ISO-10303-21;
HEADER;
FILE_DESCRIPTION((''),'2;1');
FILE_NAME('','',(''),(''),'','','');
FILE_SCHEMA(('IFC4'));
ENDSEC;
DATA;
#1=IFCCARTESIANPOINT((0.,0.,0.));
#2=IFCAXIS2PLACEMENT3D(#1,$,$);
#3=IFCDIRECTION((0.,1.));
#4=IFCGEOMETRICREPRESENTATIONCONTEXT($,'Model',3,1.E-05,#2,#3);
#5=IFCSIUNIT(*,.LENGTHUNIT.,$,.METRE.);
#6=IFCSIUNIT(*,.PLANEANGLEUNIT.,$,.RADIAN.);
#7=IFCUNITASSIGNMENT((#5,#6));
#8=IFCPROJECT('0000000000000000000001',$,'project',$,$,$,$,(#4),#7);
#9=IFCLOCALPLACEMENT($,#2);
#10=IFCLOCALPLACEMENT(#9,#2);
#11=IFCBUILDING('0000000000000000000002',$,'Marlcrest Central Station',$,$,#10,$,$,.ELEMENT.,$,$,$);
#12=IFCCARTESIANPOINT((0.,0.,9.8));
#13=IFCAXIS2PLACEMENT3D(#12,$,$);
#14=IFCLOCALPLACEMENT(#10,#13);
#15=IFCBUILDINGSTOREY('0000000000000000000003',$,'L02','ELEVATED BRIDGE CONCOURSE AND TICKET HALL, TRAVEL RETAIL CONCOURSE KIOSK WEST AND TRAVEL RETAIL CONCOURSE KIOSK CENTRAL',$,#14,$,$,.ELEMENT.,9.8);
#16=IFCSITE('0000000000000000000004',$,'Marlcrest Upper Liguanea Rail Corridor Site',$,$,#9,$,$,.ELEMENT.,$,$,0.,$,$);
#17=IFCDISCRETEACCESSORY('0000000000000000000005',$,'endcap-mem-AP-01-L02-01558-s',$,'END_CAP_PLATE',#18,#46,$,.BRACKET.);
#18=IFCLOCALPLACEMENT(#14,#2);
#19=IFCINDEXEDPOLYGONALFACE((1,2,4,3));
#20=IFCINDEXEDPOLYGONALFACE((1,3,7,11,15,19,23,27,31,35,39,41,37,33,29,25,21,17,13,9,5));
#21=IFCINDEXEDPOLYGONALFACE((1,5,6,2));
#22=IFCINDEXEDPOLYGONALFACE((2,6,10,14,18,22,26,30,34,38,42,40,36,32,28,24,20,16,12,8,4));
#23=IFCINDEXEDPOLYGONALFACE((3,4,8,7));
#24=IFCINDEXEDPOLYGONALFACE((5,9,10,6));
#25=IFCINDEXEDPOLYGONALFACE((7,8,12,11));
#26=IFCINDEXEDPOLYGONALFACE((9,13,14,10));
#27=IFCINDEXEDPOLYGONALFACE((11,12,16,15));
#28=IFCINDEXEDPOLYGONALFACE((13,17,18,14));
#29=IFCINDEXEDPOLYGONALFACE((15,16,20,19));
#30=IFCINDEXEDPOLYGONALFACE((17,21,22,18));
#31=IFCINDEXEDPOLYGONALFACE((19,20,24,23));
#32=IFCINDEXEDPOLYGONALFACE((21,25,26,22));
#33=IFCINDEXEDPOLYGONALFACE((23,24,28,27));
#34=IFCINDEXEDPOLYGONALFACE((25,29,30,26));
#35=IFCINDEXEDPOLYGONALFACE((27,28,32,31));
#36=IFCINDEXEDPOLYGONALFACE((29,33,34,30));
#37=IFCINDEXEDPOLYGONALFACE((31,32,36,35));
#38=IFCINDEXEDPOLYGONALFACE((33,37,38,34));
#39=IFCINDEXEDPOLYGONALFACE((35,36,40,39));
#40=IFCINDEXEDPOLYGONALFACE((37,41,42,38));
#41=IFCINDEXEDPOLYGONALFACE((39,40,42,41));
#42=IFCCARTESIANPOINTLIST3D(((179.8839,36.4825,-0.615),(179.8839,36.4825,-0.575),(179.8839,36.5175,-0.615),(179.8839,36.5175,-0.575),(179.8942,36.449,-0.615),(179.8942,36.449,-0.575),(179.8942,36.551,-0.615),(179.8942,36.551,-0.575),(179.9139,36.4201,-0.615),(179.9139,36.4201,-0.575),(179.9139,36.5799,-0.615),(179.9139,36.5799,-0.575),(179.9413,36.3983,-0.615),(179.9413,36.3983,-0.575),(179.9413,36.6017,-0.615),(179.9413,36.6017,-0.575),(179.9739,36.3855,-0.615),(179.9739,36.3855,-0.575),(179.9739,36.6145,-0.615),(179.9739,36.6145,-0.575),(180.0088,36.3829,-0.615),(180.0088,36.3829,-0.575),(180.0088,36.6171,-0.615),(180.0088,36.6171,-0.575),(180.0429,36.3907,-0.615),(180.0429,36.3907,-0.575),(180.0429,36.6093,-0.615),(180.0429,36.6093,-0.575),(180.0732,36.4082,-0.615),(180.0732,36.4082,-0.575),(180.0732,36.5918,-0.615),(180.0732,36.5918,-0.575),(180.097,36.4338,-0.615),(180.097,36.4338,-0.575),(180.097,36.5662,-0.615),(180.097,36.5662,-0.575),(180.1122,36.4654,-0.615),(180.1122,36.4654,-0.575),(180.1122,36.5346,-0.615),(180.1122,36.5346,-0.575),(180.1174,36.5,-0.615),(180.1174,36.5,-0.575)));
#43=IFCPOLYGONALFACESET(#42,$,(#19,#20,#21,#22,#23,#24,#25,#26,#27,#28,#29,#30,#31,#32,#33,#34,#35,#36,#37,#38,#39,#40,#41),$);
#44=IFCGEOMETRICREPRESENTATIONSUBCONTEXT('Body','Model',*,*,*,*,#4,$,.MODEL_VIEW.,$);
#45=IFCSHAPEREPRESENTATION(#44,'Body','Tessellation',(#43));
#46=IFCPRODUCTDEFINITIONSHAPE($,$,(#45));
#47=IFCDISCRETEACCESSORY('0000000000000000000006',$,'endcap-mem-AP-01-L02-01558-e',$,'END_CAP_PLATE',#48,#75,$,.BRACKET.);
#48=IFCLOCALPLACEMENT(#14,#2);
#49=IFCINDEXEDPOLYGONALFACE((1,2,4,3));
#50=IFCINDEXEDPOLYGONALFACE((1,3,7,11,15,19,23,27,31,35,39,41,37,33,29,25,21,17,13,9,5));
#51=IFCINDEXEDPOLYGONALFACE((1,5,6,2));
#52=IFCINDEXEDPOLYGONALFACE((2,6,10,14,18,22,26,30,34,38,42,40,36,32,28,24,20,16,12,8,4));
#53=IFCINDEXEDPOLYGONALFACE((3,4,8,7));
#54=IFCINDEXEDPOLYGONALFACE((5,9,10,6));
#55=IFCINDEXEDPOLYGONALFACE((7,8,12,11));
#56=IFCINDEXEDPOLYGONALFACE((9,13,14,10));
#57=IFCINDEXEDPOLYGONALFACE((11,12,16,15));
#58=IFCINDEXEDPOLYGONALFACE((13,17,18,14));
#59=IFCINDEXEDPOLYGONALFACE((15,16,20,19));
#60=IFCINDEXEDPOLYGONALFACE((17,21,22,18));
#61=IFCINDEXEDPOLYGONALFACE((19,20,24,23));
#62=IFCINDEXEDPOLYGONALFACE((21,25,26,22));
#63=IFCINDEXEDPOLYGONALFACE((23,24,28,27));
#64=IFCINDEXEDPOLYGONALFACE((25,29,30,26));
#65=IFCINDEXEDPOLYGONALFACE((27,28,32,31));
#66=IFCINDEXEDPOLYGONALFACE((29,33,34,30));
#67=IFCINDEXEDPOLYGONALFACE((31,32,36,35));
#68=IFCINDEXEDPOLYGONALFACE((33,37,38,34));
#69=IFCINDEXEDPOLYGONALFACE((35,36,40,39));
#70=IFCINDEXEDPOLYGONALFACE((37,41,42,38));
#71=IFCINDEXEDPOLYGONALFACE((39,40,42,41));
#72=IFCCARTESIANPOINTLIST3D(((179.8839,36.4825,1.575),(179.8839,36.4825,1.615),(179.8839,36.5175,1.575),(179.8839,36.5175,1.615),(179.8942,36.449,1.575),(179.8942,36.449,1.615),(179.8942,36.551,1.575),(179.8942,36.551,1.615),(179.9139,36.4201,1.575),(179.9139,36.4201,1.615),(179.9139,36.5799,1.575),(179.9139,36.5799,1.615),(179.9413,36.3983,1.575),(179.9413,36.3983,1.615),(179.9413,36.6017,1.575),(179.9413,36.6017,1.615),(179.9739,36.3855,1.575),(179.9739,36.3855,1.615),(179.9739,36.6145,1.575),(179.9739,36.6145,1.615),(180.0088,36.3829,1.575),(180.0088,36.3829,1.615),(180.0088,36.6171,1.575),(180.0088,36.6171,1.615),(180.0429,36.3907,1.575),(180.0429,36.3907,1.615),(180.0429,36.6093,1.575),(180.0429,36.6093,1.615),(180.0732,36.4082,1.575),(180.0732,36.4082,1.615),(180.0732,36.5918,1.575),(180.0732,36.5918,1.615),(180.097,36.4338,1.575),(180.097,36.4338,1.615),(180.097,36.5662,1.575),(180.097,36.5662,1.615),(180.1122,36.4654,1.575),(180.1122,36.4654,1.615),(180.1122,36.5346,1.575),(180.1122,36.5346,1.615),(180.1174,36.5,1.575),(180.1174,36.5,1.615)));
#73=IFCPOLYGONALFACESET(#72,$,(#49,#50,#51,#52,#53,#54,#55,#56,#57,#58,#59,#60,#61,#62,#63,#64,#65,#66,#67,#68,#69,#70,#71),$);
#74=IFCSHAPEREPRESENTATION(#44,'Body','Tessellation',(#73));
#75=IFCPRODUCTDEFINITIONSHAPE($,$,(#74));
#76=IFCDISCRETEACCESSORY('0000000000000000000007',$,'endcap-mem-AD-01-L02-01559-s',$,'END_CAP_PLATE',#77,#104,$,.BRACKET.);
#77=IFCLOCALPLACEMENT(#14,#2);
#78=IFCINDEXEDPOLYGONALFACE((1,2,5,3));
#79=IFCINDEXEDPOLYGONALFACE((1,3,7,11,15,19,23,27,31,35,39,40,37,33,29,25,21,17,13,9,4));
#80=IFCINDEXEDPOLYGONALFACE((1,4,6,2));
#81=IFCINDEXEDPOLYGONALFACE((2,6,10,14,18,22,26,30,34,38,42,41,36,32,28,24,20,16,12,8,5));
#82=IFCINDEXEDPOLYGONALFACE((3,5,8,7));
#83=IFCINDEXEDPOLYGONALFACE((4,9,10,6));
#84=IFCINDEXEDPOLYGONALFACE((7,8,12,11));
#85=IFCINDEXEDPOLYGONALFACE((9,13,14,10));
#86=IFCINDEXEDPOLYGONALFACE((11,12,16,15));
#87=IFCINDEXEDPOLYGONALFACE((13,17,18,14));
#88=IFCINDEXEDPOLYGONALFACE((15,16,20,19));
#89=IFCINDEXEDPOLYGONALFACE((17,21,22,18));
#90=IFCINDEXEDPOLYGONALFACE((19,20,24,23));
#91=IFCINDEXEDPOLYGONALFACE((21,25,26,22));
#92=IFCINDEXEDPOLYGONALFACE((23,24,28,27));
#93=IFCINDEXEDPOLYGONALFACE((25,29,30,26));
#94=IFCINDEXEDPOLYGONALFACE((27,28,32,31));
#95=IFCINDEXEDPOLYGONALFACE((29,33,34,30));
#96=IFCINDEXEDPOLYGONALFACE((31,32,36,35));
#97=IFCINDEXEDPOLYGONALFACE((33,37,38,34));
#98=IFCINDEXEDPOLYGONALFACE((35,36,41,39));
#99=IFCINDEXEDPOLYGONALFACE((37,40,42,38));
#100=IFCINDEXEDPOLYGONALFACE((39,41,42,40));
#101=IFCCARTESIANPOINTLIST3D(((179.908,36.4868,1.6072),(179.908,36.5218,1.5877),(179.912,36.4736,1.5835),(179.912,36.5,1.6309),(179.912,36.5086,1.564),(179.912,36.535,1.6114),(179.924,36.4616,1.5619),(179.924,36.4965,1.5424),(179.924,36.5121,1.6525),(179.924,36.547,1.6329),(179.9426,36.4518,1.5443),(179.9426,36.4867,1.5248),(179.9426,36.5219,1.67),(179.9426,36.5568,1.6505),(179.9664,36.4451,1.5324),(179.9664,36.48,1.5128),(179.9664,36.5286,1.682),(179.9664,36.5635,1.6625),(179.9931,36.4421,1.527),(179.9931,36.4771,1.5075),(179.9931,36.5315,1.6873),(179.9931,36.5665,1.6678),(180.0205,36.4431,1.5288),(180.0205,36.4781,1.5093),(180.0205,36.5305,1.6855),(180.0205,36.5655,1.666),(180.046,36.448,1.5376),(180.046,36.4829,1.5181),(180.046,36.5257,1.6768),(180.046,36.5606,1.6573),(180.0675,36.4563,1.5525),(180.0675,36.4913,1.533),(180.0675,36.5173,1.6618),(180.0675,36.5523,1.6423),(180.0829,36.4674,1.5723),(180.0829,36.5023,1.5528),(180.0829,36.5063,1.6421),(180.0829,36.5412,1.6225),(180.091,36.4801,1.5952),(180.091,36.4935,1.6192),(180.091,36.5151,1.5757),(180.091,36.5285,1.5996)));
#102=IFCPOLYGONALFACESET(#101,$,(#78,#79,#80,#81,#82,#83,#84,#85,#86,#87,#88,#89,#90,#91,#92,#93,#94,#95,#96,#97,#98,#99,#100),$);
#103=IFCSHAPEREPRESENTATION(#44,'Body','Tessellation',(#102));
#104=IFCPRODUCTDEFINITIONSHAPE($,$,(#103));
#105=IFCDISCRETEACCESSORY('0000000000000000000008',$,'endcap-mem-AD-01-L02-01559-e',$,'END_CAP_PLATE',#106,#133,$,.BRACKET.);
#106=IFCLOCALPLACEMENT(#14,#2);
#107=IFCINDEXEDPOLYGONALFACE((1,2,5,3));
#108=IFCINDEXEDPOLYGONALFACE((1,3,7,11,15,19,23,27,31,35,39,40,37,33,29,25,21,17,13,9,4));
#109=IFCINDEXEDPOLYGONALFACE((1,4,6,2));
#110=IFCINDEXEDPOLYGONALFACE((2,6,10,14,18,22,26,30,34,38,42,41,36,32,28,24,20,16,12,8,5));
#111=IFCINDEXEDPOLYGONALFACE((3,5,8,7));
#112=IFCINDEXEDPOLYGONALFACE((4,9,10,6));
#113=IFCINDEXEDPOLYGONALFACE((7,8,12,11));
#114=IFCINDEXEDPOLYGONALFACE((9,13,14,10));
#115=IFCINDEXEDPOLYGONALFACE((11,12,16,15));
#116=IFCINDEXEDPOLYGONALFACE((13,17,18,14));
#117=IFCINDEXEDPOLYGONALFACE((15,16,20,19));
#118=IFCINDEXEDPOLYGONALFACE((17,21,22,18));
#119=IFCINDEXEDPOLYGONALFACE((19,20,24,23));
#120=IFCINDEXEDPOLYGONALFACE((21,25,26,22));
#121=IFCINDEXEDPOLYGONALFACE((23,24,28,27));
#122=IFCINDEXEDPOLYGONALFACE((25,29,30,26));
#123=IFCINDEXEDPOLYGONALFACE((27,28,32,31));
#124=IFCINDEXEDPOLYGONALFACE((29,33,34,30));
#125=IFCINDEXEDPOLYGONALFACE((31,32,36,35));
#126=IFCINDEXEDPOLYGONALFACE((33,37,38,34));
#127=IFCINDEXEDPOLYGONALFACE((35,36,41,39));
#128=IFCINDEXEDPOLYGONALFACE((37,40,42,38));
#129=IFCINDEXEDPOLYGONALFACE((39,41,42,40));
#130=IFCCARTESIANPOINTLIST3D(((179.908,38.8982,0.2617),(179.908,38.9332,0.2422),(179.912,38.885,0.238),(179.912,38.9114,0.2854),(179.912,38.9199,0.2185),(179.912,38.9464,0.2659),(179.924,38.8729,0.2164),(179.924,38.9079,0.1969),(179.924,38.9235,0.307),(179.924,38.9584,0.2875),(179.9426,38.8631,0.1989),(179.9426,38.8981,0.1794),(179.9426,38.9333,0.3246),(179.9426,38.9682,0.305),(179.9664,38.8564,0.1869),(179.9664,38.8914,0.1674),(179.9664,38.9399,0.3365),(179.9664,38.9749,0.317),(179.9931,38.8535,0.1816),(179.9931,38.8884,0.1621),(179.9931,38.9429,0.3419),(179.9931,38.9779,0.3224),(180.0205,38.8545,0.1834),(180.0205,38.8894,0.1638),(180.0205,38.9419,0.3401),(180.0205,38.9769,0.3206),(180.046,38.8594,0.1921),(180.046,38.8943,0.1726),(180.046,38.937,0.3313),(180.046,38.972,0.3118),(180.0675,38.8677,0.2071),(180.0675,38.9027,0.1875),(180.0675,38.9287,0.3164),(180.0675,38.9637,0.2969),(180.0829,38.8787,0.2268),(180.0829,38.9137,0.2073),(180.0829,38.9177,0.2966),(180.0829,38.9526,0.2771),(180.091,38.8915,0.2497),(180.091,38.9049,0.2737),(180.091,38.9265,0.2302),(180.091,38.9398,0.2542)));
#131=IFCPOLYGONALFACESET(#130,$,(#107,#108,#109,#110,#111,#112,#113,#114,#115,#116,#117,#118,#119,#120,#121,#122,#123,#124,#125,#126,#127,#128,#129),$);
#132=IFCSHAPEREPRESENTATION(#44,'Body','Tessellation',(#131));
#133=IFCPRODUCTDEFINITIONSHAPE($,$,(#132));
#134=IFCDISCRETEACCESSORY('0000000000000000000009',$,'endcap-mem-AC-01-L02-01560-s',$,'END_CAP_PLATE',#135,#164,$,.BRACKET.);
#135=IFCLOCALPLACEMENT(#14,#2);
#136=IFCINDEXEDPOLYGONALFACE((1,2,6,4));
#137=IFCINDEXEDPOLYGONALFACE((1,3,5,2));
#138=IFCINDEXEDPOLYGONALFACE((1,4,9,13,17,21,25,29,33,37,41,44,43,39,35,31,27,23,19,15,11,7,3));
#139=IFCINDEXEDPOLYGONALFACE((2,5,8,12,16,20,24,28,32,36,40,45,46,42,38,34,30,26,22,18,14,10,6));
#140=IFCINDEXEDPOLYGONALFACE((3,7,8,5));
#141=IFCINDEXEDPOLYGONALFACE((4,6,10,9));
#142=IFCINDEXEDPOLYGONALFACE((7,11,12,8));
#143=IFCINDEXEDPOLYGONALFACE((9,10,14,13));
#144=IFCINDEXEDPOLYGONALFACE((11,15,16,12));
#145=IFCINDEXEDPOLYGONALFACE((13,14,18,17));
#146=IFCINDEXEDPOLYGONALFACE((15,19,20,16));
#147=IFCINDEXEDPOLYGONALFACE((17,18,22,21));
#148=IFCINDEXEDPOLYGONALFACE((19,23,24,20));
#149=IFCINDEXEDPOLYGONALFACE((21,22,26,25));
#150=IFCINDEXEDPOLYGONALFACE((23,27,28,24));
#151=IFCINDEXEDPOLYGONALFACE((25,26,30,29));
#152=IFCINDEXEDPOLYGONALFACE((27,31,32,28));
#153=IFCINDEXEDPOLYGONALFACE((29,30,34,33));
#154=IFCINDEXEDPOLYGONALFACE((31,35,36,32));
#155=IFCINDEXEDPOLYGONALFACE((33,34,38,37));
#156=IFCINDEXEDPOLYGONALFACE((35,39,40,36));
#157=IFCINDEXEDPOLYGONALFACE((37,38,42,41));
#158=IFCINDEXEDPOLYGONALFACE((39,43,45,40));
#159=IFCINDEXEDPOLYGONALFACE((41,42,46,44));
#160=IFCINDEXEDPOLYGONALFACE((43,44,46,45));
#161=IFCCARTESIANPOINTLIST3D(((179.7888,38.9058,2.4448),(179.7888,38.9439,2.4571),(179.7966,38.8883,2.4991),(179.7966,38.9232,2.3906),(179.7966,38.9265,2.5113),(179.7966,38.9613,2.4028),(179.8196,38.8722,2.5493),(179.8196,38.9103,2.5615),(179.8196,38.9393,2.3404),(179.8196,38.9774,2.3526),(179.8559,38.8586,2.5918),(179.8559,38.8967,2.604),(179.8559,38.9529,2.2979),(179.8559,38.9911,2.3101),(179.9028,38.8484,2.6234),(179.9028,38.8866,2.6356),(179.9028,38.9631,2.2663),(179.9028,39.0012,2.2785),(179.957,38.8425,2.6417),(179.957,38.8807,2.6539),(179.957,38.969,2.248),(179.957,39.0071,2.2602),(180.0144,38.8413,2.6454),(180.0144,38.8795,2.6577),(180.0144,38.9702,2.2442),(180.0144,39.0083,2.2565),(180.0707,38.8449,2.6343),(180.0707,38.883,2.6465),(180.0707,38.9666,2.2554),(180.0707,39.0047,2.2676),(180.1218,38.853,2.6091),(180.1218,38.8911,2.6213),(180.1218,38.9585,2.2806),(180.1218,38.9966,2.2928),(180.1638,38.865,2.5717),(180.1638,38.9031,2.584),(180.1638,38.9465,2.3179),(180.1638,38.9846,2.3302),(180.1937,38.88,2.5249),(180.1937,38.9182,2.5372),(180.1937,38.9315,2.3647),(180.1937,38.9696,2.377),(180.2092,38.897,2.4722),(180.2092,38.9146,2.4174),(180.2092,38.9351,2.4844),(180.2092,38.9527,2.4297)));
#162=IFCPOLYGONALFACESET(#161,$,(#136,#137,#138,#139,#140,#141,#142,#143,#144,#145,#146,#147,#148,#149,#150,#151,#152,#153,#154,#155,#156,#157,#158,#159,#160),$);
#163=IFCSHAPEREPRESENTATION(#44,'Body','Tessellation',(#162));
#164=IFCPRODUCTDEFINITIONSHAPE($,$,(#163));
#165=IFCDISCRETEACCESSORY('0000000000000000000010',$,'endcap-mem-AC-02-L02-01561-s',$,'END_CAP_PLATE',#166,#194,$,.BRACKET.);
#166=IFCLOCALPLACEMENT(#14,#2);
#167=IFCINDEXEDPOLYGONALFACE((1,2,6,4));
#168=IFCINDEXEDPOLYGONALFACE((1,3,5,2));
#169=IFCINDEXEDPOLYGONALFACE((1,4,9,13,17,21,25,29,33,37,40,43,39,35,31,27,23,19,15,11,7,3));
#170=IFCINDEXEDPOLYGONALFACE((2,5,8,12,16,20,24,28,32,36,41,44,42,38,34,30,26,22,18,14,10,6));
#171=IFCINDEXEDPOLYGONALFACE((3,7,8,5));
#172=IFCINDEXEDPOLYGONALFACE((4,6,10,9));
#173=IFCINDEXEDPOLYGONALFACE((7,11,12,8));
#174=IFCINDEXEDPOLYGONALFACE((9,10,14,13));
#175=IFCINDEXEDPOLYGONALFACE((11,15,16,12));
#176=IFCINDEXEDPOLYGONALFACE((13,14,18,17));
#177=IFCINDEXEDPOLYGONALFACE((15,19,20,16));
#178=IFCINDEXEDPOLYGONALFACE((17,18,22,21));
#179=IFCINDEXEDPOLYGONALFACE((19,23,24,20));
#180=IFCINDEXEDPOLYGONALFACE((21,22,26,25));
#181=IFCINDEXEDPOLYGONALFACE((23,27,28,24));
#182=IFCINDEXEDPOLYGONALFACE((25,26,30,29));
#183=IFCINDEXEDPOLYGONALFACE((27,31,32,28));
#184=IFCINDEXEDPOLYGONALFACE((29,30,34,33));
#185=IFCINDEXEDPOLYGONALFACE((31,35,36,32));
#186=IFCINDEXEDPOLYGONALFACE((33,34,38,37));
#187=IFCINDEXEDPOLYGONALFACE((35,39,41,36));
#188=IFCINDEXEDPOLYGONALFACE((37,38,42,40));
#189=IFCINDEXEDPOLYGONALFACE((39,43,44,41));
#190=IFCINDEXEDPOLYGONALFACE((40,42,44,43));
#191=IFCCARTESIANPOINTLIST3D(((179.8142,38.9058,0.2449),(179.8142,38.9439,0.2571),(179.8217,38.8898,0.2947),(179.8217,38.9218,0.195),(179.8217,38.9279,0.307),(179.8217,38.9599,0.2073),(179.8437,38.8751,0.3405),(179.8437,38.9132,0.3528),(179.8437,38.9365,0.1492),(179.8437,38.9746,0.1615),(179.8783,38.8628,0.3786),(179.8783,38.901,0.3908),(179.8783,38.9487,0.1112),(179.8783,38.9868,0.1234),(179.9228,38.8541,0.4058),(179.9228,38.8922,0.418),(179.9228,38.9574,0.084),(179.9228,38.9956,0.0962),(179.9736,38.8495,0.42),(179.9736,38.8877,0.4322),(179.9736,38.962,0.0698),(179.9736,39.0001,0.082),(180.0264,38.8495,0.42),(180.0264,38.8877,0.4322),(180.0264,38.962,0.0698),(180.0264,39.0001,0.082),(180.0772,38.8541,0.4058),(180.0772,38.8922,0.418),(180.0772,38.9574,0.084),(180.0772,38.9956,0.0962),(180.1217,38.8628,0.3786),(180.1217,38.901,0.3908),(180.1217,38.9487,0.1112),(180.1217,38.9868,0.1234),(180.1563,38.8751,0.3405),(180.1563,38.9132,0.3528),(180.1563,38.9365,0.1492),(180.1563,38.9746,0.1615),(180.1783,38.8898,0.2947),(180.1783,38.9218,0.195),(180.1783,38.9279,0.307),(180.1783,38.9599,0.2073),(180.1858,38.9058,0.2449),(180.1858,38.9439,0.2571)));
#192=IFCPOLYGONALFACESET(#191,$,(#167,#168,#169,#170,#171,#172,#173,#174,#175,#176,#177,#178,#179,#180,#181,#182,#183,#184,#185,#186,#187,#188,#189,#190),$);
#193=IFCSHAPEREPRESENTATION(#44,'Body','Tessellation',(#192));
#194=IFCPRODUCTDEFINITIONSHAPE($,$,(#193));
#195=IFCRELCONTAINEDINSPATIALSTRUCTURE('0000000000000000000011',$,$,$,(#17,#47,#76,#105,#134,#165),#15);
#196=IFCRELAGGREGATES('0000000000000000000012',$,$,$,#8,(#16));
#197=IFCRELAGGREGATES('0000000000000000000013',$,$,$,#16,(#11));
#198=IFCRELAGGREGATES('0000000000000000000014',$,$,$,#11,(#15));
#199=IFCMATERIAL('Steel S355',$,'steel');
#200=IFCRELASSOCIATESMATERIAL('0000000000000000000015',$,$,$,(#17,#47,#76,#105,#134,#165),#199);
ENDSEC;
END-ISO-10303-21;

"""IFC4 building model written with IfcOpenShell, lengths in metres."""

from ifc_helpers import new_model, si_unit, direction, frame, origin, origin_2d, place, context, subcontext, project, spatial, circle, extrude, material, element, save


model = new_model("IFC4")

# Units and contexts
model_context = context("Model", 3, precision=1e-05, world=origin(), true_north=direction((0.0, 1.0)))
body_context = subcontext(model_context, "Body", "Model", "MODEL_VIEW")
ifc_project = project(units=[si_unit("LENGTHUNIT", "METRE"), si_unit("PLANEANGLEUNIT", "RADIAN")], contexts=[model_context])

# Site, building, storey
site_placement = place(None, origin())
site = spatial("IfcSite", under=ifc_project, at=site_placement, Name="Marlcrest Upper Liguanea Rail Corridor Site", CompositionType="ELEMENT", RefElevation=0.0)
building_placement = place(site_placement, origin())
building = spatial("IfcBuilding", under=site, at=building_placement, Name="Marlcrest Central Station", CompositionType="ELEMENT")
storey_placement = place(building_placement, frame((0.0, 0.0, 9.8)))
storey = spatial("IfcBuildingStorey", under=building, at=storey_placement, Name="L02", Description="ELEVATED BRIDGE CONCOURSE AND TICKET HALL, TRAVEL RETAIL CONCOURSE KIOSK WEST AND TRAVEL RETAIL CONCOURSE KIOSK CENTRAL", CompositionType="ELEMENT", Elevation=9.8)

# Shared definitions
ifc_material_1 = material(Name="Steel S355", Category="steel")

# Discrete accessories
for number, where, z_axis, x_axis, name in (
    (1, (180.0, 36.5, -0.615), (0.0, 0.0, 1.0), (1.0, 0.0, 0.0), "endcap-mem-AP-01-L02-01558-s"),
    (2, (180.0, 36.5, 1.575), (0.0, 0.0, 1.0), (1.0, 0.0, 0.0), "endcap-mem-AP-01-L02-01558-e"),
):
    element("IfcDiscreteAccessory", number, at=place(storey_placement, frame(where, z_axis=z_axis, x_axis=x_axis)), inside=storey, material=ifc_material_1, Name=name, ObjectType="END_CAP_PLATE", PredefinedType="BRACKET", context=body_context, shape_type="SweptSolid", body=[
        extrude(circle(Radius=0.1174, at=origin_2d()), origin(), (0.0, 0.0, 1.0), 0.04),
    ])
for number, where, z_axis, x_axis, name in (
    (3, (180.0, 36.4868, 1.6072), (0.0, 0.873246, -0.48728), (-1.0, 0.0, 0.0), "endcap-mem-AD-01-L02-01559-s"),
    (4, (180.0, 38.8982, 0.2617), (0.0, 0.873246, -0.48728), (-1.0, 0.0, 0.0), "endcap-mem-AD-01-L02-01559-e"),
):
    element("IfcDiscreteAccessory", number, at=place(storey_placement, frame(where, z_axis=z_axis, x_axis=x_axis)), inside=storey, material=ifc_material_1, Name=name, ObjectType="END_CAP_PLATE", PredefinedType="BRACKET", context=body_context, shape_type="SweptSolid", body=[
        extrude(circle(Radius=0.092, at=origin_2d()), origin(), (0.0, 0.0, 1.0), 0.04),
    ])
discrete_accessory_1_placement = place(storey_placement, frame((180.0, 38.9058, 2.4448), z_axis=(0.0, 0.952117, 0.305734), x_axis=(-1.0, 0.0, 0.0)))
element("IfcDiscreteAccessory", 5, at=discrete_accessory_1_placement, inside=storey, material=ifc_material_1, Name="endcap-mem-AC-01-L02-01560-s", ObjectType="END_CAP_PLATE", PredefinedType="BRACKET", context=body_context, shape_type="SweptSolid", body=[
    extrude(circle(Radius=0.2112, at=origin_2d()), origin(), (0.0, 0.0, 1.0), 0.04),
])
discrete_accessory_2_placement = place(storey_placement, frame((180.0, 38.9058, 0.2449), z_axis=(0.0, 0.952117, 0.305734), x_axis=(-1.0, 0.0, 0.0)))
element("IfcDiscreteAccessory", 6, at=discrete_accessory_2_placement, inside=storey, material=ifc_material_1, Name="endcap-mem-AC-02-L02-01561-s", ObjectType="END_CAP_PLATE", PredefinedType="BRACKET", context=body_context, shape_type="SweptSolid", body=[
    extrude(circle(Radius=0.1858, at=origin_2d()), origin(), (0.0, 0.0, 1.0), 0.04),
])

save(model, "model.ifc")
